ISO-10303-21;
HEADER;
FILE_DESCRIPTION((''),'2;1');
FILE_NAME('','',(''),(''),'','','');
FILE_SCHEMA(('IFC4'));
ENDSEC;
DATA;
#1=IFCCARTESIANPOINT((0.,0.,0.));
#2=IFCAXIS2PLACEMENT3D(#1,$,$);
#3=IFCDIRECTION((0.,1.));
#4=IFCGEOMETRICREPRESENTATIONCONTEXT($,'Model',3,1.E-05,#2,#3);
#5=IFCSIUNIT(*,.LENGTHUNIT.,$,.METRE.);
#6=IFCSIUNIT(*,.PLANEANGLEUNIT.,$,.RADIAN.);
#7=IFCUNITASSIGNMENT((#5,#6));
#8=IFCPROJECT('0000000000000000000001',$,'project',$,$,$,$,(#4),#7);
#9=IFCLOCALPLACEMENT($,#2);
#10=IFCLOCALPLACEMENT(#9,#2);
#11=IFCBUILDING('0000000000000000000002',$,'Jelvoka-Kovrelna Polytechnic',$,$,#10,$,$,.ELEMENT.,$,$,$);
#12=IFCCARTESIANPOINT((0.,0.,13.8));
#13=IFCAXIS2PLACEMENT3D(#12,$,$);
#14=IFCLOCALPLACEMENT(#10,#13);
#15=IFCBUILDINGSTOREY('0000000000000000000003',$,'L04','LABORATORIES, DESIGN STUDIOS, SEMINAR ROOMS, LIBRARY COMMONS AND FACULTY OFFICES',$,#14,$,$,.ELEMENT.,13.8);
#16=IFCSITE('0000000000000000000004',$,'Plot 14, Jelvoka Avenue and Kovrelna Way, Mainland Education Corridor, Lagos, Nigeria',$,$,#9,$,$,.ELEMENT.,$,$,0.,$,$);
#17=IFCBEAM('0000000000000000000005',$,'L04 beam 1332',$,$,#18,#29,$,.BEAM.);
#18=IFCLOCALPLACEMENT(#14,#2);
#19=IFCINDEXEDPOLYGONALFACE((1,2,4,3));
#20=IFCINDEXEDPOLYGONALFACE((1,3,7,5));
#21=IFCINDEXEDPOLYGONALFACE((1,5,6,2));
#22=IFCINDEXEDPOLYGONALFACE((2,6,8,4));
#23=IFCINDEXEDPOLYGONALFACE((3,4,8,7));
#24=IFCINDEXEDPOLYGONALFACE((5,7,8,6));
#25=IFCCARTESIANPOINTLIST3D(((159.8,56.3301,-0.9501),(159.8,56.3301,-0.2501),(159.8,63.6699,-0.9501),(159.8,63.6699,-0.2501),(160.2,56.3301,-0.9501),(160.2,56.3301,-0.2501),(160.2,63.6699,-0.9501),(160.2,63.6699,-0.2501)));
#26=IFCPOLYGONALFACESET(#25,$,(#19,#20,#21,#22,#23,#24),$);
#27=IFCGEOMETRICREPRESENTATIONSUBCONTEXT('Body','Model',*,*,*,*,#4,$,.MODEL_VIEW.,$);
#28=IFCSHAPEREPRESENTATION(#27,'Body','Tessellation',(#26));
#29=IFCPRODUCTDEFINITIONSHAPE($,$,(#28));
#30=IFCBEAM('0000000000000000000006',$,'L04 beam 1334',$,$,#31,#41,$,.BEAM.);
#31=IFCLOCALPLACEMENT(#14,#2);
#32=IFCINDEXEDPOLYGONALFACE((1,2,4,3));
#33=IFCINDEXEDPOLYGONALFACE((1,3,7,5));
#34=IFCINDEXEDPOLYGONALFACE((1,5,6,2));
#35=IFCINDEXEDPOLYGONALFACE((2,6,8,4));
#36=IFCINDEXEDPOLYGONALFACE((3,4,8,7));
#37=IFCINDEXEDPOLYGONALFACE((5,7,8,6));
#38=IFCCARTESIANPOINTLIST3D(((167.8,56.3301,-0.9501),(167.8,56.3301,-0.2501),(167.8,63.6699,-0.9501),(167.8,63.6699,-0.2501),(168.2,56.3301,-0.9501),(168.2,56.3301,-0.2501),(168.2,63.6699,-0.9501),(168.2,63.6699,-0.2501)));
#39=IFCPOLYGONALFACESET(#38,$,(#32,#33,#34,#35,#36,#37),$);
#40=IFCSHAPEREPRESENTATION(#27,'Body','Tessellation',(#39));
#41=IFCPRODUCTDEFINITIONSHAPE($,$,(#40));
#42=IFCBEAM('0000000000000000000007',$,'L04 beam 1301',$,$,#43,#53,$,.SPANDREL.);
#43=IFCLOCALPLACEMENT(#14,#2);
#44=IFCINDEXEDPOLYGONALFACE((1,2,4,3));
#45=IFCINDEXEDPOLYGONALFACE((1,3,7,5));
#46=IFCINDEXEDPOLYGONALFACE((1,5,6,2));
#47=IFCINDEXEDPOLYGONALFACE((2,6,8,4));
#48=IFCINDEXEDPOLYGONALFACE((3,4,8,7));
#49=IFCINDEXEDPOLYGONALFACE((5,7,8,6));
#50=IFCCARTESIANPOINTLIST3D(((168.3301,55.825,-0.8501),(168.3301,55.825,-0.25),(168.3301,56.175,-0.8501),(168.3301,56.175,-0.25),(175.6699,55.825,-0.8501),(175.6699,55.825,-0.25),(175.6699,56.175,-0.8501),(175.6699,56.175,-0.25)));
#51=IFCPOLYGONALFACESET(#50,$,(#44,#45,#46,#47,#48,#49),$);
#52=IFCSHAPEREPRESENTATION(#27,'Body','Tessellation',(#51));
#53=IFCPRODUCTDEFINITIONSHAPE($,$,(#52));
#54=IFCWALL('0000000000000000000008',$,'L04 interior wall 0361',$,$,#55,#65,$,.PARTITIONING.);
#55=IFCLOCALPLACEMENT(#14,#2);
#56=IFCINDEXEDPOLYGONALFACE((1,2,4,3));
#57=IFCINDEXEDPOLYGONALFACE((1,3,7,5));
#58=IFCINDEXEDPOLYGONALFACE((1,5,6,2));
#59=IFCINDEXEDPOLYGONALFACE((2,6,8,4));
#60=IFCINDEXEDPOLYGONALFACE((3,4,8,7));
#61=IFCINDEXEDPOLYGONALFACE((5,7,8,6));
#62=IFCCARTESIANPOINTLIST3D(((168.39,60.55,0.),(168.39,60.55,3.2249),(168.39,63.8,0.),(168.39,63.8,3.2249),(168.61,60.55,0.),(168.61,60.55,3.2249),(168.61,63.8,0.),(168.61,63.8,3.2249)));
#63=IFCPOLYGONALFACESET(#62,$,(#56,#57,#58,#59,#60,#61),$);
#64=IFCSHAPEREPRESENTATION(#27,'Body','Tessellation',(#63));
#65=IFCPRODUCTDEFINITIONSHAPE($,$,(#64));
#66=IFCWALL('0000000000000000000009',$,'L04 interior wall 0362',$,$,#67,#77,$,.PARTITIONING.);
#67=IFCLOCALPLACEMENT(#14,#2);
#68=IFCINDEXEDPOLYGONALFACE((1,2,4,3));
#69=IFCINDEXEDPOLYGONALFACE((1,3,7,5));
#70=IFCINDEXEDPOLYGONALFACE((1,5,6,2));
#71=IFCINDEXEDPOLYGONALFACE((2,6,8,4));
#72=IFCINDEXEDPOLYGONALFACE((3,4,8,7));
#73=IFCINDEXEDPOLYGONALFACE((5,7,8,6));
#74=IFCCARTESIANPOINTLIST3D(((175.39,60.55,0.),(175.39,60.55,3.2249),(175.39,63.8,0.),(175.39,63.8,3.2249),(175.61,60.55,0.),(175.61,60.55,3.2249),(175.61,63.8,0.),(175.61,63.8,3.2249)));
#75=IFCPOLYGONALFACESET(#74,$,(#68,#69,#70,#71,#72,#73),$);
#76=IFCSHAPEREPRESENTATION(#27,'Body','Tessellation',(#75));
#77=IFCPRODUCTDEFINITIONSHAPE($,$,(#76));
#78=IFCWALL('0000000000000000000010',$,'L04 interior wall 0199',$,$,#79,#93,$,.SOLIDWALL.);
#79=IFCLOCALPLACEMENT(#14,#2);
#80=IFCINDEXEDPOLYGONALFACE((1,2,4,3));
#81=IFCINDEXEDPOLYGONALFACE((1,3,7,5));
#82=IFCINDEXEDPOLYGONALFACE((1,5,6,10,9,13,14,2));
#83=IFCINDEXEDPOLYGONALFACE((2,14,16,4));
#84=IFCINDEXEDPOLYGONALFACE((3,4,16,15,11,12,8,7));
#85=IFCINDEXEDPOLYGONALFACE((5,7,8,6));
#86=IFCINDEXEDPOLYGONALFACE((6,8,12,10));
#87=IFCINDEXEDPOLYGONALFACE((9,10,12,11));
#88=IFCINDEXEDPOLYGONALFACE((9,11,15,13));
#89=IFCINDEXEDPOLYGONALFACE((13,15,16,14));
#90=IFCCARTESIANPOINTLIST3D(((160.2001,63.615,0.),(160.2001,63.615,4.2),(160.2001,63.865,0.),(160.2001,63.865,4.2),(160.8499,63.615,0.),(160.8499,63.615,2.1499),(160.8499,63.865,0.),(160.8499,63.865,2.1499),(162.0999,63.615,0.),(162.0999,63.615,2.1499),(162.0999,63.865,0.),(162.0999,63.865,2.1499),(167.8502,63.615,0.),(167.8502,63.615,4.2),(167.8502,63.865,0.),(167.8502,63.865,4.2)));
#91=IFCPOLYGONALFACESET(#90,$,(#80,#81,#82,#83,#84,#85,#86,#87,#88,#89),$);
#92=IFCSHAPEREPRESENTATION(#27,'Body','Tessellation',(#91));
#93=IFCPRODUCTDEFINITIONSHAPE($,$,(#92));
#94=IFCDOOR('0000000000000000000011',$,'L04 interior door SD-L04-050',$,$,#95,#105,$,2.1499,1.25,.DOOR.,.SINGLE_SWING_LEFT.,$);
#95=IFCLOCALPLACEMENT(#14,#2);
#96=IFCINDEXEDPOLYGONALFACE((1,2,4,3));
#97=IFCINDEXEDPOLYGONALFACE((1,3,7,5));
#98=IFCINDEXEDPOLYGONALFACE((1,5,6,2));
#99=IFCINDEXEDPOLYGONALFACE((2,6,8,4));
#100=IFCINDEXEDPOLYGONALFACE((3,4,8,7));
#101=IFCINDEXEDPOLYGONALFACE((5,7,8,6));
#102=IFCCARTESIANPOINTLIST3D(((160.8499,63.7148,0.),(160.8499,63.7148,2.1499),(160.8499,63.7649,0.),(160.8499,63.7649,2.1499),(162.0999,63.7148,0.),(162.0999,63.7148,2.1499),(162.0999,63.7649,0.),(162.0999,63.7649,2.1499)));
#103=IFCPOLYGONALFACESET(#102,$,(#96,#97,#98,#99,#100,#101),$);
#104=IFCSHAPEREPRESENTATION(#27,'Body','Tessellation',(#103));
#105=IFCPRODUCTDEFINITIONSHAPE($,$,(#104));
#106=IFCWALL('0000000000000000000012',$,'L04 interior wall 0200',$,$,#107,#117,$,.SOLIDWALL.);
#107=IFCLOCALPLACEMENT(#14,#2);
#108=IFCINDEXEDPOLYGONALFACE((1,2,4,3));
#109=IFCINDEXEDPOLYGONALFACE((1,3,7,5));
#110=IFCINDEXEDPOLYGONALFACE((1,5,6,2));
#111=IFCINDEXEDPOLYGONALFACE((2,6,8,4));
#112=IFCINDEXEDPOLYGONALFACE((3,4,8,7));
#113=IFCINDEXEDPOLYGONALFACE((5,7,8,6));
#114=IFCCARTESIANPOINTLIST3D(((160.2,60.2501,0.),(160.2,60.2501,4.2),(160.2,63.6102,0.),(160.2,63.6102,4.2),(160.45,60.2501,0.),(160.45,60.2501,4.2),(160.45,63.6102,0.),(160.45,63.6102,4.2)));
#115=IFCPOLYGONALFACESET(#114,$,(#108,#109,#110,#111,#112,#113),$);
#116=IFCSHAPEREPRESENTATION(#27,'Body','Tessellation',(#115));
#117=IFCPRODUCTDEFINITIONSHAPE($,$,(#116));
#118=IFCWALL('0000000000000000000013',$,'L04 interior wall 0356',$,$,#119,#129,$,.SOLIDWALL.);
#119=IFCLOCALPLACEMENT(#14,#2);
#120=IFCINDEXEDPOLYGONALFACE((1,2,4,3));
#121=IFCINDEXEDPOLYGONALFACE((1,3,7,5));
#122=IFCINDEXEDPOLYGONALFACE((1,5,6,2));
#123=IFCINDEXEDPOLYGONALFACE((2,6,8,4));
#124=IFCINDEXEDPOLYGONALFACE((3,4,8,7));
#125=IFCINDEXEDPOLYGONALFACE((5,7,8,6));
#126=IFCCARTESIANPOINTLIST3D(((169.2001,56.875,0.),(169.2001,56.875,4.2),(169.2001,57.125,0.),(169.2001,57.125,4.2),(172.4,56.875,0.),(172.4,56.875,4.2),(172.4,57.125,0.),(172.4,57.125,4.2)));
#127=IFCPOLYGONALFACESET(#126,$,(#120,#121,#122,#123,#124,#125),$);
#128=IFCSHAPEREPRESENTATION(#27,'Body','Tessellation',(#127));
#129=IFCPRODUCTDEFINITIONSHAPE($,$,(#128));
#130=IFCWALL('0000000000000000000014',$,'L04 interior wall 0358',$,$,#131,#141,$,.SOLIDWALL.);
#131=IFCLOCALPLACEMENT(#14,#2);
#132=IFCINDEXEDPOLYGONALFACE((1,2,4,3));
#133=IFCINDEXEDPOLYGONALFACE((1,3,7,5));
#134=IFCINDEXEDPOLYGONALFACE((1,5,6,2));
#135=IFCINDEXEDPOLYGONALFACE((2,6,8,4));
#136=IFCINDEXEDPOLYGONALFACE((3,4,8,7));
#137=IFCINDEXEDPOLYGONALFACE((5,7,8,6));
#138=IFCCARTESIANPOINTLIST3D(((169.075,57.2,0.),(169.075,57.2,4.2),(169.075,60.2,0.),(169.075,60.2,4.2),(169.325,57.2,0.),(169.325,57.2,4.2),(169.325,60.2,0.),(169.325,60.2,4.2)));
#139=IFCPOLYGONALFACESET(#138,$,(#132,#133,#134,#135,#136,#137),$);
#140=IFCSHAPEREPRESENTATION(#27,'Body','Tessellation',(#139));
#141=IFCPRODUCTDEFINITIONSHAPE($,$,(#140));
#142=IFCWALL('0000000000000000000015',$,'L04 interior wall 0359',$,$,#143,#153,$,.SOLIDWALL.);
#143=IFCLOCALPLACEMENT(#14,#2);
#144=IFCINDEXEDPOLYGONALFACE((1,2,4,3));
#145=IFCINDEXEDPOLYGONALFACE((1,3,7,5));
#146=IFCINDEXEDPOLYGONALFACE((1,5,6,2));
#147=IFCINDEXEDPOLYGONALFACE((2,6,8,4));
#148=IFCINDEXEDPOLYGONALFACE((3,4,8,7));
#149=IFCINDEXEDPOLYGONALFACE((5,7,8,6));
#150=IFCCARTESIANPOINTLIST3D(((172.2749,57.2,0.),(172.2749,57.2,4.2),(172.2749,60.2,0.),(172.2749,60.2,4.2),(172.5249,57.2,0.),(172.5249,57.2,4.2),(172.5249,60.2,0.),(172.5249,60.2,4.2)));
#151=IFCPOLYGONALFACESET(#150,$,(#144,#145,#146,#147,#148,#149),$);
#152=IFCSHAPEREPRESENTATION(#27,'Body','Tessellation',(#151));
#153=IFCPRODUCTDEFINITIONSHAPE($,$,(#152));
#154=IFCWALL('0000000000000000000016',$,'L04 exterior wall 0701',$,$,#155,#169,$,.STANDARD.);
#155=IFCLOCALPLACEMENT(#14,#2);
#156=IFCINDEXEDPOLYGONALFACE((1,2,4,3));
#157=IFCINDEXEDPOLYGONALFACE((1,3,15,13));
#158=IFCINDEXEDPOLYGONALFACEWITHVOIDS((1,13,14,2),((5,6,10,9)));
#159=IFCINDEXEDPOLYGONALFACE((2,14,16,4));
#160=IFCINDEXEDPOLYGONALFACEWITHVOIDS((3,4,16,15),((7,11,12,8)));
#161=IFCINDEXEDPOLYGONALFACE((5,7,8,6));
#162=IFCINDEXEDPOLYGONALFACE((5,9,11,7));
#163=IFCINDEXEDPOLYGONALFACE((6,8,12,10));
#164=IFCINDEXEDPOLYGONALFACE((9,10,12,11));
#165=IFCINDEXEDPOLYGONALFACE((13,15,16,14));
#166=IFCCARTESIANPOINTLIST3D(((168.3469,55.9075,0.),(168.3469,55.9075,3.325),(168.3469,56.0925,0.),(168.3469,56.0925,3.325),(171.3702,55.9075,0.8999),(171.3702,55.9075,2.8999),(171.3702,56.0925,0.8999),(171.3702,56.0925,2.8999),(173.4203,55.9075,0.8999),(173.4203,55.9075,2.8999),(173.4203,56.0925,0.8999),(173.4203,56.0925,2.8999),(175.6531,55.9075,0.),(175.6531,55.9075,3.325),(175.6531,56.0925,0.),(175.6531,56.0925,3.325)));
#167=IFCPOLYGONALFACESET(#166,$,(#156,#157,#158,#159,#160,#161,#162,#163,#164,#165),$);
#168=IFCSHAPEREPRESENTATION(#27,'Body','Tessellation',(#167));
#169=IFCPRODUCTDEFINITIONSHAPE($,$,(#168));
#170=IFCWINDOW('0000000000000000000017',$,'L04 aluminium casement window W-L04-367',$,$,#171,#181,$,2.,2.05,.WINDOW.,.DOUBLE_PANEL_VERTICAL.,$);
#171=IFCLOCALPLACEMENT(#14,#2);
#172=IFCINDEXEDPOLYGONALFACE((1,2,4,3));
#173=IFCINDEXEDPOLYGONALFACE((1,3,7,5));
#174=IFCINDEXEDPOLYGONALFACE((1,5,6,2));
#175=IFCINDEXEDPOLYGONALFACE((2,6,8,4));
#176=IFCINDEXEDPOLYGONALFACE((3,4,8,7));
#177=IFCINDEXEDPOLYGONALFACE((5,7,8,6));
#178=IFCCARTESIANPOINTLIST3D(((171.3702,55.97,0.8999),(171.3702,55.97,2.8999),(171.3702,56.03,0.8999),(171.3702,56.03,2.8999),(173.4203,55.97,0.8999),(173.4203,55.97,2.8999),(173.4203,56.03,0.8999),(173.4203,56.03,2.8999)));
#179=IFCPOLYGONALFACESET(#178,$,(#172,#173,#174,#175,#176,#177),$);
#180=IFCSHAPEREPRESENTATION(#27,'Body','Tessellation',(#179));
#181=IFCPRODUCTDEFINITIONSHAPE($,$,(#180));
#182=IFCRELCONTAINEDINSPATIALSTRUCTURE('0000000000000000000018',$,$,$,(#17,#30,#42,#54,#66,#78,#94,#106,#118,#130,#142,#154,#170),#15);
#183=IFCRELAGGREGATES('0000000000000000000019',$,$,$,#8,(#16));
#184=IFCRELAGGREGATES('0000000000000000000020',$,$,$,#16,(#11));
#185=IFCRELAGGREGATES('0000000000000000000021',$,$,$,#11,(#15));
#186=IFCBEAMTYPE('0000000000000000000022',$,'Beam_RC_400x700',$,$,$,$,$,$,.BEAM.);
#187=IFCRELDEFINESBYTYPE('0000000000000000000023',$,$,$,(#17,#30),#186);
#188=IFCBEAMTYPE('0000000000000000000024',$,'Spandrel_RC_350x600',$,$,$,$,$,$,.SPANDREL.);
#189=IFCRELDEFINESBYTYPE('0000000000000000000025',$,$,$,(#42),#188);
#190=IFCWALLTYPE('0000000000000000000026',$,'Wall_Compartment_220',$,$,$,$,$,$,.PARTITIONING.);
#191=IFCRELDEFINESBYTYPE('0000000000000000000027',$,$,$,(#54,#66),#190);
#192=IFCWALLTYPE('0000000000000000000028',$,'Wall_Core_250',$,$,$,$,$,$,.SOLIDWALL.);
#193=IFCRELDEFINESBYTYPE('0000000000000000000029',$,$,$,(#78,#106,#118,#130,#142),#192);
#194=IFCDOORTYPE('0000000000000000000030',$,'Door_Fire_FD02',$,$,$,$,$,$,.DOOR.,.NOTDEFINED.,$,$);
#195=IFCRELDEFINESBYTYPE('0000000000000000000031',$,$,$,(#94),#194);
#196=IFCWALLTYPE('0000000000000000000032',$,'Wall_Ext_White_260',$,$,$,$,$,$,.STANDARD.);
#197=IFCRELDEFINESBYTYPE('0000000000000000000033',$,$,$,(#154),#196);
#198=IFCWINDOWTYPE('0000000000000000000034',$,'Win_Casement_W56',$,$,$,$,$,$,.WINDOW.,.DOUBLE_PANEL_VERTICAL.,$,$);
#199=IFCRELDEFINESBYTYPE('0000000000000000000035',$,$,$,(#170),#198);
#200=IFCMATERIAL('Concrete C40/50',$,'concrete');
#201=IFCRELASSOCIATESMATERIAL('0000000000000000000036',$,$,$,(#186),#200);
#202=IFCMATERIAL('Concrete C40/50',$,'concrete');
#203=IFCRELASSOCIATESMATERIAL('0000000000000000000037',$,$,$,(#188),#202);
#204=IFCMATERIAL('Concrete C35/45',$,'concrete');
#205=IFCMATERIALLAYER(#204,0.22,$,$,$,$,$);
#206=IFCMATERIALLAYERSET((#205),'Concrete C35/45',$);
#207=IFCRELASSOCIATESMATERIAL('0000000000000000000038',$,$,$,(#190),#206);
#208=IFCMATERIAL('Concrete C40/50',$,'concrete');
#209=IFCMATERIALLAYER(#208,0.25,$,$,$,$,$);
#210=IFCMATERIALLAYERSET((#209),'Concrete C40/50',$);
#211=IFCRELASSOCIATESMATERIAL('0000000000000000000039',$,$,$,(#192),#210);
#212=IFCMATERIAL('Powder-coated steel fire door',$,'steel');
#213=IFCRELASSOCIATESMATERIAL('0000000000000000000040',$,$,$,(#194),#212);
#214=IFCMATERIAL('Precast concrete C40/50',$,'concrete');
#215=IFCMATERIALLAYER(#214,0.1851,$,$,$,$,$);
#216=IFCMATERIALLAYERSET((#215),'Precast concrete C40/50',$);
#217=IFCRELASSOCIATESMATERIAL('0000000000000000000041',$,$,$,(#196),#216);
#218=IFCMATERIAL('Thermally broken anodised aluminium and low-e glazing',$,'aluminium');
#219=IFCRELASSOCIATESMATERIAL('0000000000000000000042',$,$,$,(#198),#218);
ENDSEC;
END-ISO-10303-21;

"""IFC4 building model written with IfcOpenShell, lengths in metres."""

from ifc_helpers import new_model, si_unit, direction, frame, frame_2d, origin, origin_2d, place, context, subcontext, project, spatial, rectangle, extrude, material, layer, layer_set, material_profile, profile_set, type_object, element, fill, save


model = new_model("IFC4")

# Units and contexts
model_context = context("Model", 3, precision=1e-05, world=origin(), true_north=direction((0.0, 1.0)))
body_context = subcontext(model_context, "Body", "Model", "MODEL_VIEW")
ifc_project = project(units=[si_unit("LENGTHUNIT", "METRE"), si_unit("PLANEANGLEUNIT", "RADIAN")], contexts=[model_context])

# Site, building, storey
site_placement = place(None, origin())
site = spatial("IfcSite", under=ifc_project, at=site_placement, Name="Plot 14, Jelvoka Avenue and Kovrelna Way, Mainland Education Corridor, Lagos, Nigeria", CompositionType="ELEMENT", RefElevation=0.0)
building_placement = place(site_placement, origin())
building = spatial("IfcBuilding", under=site, at=building_placement, Name="Jelvoka-Kovrelna Polytechnic", CompositionType="ELEMENT")
storey_placement = place(building_placement, frame((0.0, 0.0, 13.8)))
storey = spatial("IfcBuildingStorey", under=building, at=storey_placement, Name="L04", Description="LABORATORIES, DESIGN STUDIOS, SEMINAR ROOMS, LIBRARY COMMONS AND FACULTY OFFICES", CompositionType="ELEMENT", Elevation=13.8)

# Beams
ifc_material_1 = material(Name="Concrete C40/50", Category="concrete")
ifc_material_profile_1 = material_profile(ifc_material_1, rectangle(XDim=0.3999, YDim=0.7, at=origin_2d()), Name="RC 400x700")
ifc_profile_set_1 = profile_set([ifc_material_profile_1], Name="Concrete C40/50")
beam_type_1 = type_object("IfcBeamType", Name="Beam_RC_400x700", PredefinedType="BEAM", material=ifc_profile_set_1)
for number, where, z_axis, x_axis, name in (
    (1, (160.0, 56.3301, -0.6001), (0.0, 1.0, 0.0), (-1.0, 0.0, 0.0), "L04 beam 1332"),
    (2, (168.0, 56.3301, -0.6001), (0.0, 1.0, 0.0), (-1.0, 0.0, 0.0), "L04 beam 1334"),
):
    element("IfcBeam", number, at=place(storey_placement, frame(where, z_axis=z_axis, x_axis=x_axis)), inside=storey, type_object=beam_type_1, Name=name, PredefinedType="BEAM", context=body_context, shape_type="SweptSolid", body=[
        extrude(rectangle(XDim=0.3999, YDim=0.7, at=origin_2d()), origin(), (0.0, 0.0, 1.0), 7.3398),
    ])
ifc_material_2 = material(Name="Concrete C40/50", Category="concrete")
ifc_material_profile_2 = material_profile(ifc_material_2, rectangle(XDim=0.3501, YDim=0.6001, at=origin_2d()), Name="RC 350x600")
ifc_profile_set_2 = profile_set([ifc_material_profile_2], Name="Concrete C40/50")
beam_type_2 = type_object("IfcBeamType", Name="Spandrel_RC_350x600", PredefinedType="SPANDREL", material=ifc_profile_set_2)
beam_placement = place(storey_placement, frame((168.3301, 56.0, -0.55), z_axis=(1.0, 0.0, 0.0), x_axis=(0.0, 1.0, 0.0)))
element("IfcBeam", 3, at=beam_placement, inside=storey, type_object=beam_type_2, Name="L04 beam 1301", PredefinedType="SPANDREL", context=body_context, shape_type="SweptSolid", body=[
    extrude(rectangle(XDim=0.3501, YDim=0.6001, at=origin_2d()), origin(), (0.0, 0.0, 1.0), 7.3398),
])

# Walls
ifc_material_3 = material(Name="Concrete C35/45", Category="concrete")
ifc_layer_1 = layer(ifc_material_3, 0.22)
ifc_layer_set_1 = layer_set([ifc_layer_1], Name="Concrete C35/45")
wall_type_1 = type_object("IfcWallType", Name="Wall_Compartment_220", PredefinedType="PARTITIONING", material=ifc_layer_set_1)
for number, where, z_axis, x_axis, name in (
    (4, (168.5, 60.55, 0.0), (0.0, 0.0, 1.0), (0.0, 1.0, 0.0), "L04 interior wall 0361"),
    (5, (175.5, 60.55, 0.0), (0.0, 0.0, 1.0), (0.0, 1.0, 0.0), "L04 interior wall 0362"),
):
    element("IfcWall", number, at=place(storey_placement, frame(where, z_axis=z_axis, x_axis=x_axis)), inside=storey, type_object=wall_type_1, Name=name, PredefinedType="PARTITIONING", context=body_context, shape_type="SweptSolid", body=[
        extrude(rectangle(XDim=3.25, YDim=0.22, at=frame_2d((1.625, 0.0))), origin(), (0.0, 0.0, 1.0), 3.2249),
    ])

# Wall, opening, door
ifc_material_4 = material(Name="Concrete C40/50", Category="concrete")
ifc_layer_2 = layer(ifc_material_4, 0.25)
ifc_layer_set_2 = layer_set([ifc_layer_2], Name="Concrete C40/50")
wall_type_2 = type_object("IfcWallType", Name="Wall_Core_250", PredefinedType="SOLIDWALL", material=ifc_layer_set_2)
wall_1_placement = place(storey_placement, frame((160.2, 63.74, 0.0), z_axis=(0.0, 0.0, 1.0), x_axis=(1.0, 0.0, 0.0)))
wall_1 = element("IfcWall", 6, at=wall_1_placement, inside=storey, type_object=wall_type_2, Name="L04 interior wall 0199", PredefinedType="SOLIDWALL", context=body_context, shape_type="SweptSolid", body=[
    extrude(rectangle(XDim=7.6501, YDim=0.25, at=frame_2d((3.8252, 0.0))), origin(), (0.0, 0.0, 1.0), 4.2),
])
opening_1_placement = place(wall_1_placement, frame((0.6499, 0.0, 0.0)))
opening_1 = element("IfcOpeningElement", 7, at=opening_1_placement, cuts=wall_1, PredefinedType="OPENING", context=body_context, shape_type="SweptSolid", body=[
    extrude(rectangle(XDim=1.25, YDim=2.1499, at=frame_2d((0.625, 1.075))), frame((0.0, 0.135, 0.0), z_axis=(0.0, -1.0, 0.0), x_axis=(1.0, 0.0, 0.0)), (0.0, 0.0, 1.0), 0.27),
])
ifc_material_5 = material(Name="Powder-coated steel fire door", Category="steel")
door_type_1 = type_object("IfcDoorType", Name="Door_Fire_FD02", OperationType="NOTDEFINED", PredefinedType="DOOR", material=ifc_material_5)
door_1_placement = place(opening_1_placement, origin())
door_1 = element("IfcDoor", 8, at=door_1_placement, inside=storey, type_object=door_type_1, Name="L04 interior door SD-L04-050", OperationType="SINGLE_SWING_LEFT", OverallHeight=2.1499, OverallWidth=1.25, PredefinedType="DOOR", context=body_context, shape_type="SweptSolid", body=[
    extrude(rectangle(XDim=1.25, YDim=2.1499, at=frame_2d((0.625, 1.075))), frame((0.0, 0.0249, 0.0), z_axis=(0.0, -1.0, 0.0), x_axis=(1.0, 0.0, 0.0)), (0.0, 0.0, 1.0), 0.05),
])
fill(opening_1, door_1)

# Walls
wall_2_placement = place(storey_placement, frame((160.325, 60.25, 0.0), z_axis=(0.0, 0.0, 1.0), x_axis=(0.0, 1.0, 0.0)))
element("IfcWall", 9, at=wall_2_placement, inside=storey, type_object=wall_type_2, Name="L04 interior wall 0200", PredefinedType="SOLIDWALL", context=body_context, shape_type="SweptSolid", body=[
    extrude(rectangle(XDim=3.3601, YDim=0.25, at=frame_2d((1.6802, 0.0))), origin(), (0.0, 0.0, 1.0), 4.2),
])
wall_3_placement = place(storey_placement, frame((169.2, 57.0, 0.0), z_axis=(0.0, 0.0, 1.0), x_axis=(1.0, 0.0, 0.0)))
element("IfcWall", 10, at=wall_3_placement, inside=storey, type_object=wall_type_2, Name="L04 interior wall 0356", PredefinedType="SOLIDWALL", context=body_context, shape_type="SweptSolid", body=[
    extrude(rectangle(XDim=3.2, YDim=0.25, at=frame_2d((1.6001, 0.0))), origin(), (0.0, 0.0, 1.0), 4.2),
])

# Walls
for number, where, z_axis, x_axis, name in (
    (11, (169.2, 57.2, 0.0), (0.0, 0.0, 1.0), (0.0, 1.0, 0.0), "L04 interior wall 0358"),
    (12, (172.3999, 57.2, 0.0), (0.0, 0.0, 1.0), (0.0, 1.0, 0.0), "L04 interior wall 0359"),
):
    element("IfcWall", number, at=place(storey_placement, frame(where, z_axis=z_axis, x_axis=x_axis)), inside=storey, type_object=wall_type_2, Name=name, PredefinedType="SOLIDWALL", context=body_context, shape_type="SweptSolid", body=[
        extrude(rectangle(XDim=3.0, YDim=0.25, at=frame_2d((1.5, 0.0))), origin(), (0.0, 0.0, 1.0), 4.2),
    ])

# Wall, opening, window
ifc_material_6 = material(Name="Precast concrete C40/50", Category="concrete")
ifc_layer_3 = layer(ifc_material_6, 0.1851)
ifc_layer_set_3 = layer_set([ifc_layer_3], Name="Precast concrete C40/50")
wall_type_3 = type_object("IfcWallType", Name="Wall_Ext_White_260", PredefinedType="STANDARD", material=ifc_layer_set_3)
wall_4_placement = place(storey_placement, frame((175.6531, 56.0, 0.0), z_axis=(0.0, 0.0, 1.0), x_axis=(-1.0, 0.0, 0.0)))
wall_4 = element("IfcWall", 13, at=wall_4_placement, inside=storey, type_object=wall_type_3, Name="L04 exterior wall 0701", PredefinedType="STANDARD", context=body_context, shape_type="SweptSolid", body=[
    extrude(rectangle(XDim=7.3062, YDim=0.1851, at=frame_2d((3.6531, 0.0))), origin(), (0.0, 0.0, 1.0), 3.325),
])
opening_2_placement = place(wall_4_placement, frame((2.2329, 0.0, 0.8999)))
opening_2 = element("IfcOpeningElement", 14, at=opening_2_placement, cuts=wall_4, PredefinedType="OPENING", context=body_context, shape_type="SweptSolid", body=[
    extrude(rectangle(XDim=2.05, YDim=2.0, at=frame_2d((1.0249, 1.0))), frame((0.0, 0.1025, 0.0), z_axis=(0.0, -1.0, 0.0), x_axis=(1.0, 0.0, 0.0)), (0.0, 0.0, 1.0), 0.2051),
])
ifc_material_7 = material(Name="Thermally broken anodised aluminium and low-e glazing", Category="aluminium")
window_type = type_object("IfcWindowType", Name="Win_Casement_W56", PartitioningType="DOUBLE_PANEL_VERTICAL", PredefinedType="WINDOW", material=ifc_material_7)
window_placement = place(opening_2_placement, origin())
window = element("IfcWindow", 15, at=window_placement, inside=storey, type_object=window_type, Name="L04 aluminium casement window W-L04-367", OverallHeight=2.0, OverallWidth=2.05, PartitioningType="DOUBLE_PANEL_VERTICAL", PredefinedType="WINDOW", context=body_context, shape_type="SweptSolid", body=[
    extrude(rectangle(XDim=2.05, YDim=2.0, at=frame_2d((1.0249, 1.0))), frame((0.0, 0.03, 0.0), z_axis=(0.0, -1.0, 0.0), x_axis=(1.0, 0.0, 0.0)), (0.0, 0.0, 1.0), 0.0601),
])
fill(opening_2, window)

save(model, "model.ifc")
